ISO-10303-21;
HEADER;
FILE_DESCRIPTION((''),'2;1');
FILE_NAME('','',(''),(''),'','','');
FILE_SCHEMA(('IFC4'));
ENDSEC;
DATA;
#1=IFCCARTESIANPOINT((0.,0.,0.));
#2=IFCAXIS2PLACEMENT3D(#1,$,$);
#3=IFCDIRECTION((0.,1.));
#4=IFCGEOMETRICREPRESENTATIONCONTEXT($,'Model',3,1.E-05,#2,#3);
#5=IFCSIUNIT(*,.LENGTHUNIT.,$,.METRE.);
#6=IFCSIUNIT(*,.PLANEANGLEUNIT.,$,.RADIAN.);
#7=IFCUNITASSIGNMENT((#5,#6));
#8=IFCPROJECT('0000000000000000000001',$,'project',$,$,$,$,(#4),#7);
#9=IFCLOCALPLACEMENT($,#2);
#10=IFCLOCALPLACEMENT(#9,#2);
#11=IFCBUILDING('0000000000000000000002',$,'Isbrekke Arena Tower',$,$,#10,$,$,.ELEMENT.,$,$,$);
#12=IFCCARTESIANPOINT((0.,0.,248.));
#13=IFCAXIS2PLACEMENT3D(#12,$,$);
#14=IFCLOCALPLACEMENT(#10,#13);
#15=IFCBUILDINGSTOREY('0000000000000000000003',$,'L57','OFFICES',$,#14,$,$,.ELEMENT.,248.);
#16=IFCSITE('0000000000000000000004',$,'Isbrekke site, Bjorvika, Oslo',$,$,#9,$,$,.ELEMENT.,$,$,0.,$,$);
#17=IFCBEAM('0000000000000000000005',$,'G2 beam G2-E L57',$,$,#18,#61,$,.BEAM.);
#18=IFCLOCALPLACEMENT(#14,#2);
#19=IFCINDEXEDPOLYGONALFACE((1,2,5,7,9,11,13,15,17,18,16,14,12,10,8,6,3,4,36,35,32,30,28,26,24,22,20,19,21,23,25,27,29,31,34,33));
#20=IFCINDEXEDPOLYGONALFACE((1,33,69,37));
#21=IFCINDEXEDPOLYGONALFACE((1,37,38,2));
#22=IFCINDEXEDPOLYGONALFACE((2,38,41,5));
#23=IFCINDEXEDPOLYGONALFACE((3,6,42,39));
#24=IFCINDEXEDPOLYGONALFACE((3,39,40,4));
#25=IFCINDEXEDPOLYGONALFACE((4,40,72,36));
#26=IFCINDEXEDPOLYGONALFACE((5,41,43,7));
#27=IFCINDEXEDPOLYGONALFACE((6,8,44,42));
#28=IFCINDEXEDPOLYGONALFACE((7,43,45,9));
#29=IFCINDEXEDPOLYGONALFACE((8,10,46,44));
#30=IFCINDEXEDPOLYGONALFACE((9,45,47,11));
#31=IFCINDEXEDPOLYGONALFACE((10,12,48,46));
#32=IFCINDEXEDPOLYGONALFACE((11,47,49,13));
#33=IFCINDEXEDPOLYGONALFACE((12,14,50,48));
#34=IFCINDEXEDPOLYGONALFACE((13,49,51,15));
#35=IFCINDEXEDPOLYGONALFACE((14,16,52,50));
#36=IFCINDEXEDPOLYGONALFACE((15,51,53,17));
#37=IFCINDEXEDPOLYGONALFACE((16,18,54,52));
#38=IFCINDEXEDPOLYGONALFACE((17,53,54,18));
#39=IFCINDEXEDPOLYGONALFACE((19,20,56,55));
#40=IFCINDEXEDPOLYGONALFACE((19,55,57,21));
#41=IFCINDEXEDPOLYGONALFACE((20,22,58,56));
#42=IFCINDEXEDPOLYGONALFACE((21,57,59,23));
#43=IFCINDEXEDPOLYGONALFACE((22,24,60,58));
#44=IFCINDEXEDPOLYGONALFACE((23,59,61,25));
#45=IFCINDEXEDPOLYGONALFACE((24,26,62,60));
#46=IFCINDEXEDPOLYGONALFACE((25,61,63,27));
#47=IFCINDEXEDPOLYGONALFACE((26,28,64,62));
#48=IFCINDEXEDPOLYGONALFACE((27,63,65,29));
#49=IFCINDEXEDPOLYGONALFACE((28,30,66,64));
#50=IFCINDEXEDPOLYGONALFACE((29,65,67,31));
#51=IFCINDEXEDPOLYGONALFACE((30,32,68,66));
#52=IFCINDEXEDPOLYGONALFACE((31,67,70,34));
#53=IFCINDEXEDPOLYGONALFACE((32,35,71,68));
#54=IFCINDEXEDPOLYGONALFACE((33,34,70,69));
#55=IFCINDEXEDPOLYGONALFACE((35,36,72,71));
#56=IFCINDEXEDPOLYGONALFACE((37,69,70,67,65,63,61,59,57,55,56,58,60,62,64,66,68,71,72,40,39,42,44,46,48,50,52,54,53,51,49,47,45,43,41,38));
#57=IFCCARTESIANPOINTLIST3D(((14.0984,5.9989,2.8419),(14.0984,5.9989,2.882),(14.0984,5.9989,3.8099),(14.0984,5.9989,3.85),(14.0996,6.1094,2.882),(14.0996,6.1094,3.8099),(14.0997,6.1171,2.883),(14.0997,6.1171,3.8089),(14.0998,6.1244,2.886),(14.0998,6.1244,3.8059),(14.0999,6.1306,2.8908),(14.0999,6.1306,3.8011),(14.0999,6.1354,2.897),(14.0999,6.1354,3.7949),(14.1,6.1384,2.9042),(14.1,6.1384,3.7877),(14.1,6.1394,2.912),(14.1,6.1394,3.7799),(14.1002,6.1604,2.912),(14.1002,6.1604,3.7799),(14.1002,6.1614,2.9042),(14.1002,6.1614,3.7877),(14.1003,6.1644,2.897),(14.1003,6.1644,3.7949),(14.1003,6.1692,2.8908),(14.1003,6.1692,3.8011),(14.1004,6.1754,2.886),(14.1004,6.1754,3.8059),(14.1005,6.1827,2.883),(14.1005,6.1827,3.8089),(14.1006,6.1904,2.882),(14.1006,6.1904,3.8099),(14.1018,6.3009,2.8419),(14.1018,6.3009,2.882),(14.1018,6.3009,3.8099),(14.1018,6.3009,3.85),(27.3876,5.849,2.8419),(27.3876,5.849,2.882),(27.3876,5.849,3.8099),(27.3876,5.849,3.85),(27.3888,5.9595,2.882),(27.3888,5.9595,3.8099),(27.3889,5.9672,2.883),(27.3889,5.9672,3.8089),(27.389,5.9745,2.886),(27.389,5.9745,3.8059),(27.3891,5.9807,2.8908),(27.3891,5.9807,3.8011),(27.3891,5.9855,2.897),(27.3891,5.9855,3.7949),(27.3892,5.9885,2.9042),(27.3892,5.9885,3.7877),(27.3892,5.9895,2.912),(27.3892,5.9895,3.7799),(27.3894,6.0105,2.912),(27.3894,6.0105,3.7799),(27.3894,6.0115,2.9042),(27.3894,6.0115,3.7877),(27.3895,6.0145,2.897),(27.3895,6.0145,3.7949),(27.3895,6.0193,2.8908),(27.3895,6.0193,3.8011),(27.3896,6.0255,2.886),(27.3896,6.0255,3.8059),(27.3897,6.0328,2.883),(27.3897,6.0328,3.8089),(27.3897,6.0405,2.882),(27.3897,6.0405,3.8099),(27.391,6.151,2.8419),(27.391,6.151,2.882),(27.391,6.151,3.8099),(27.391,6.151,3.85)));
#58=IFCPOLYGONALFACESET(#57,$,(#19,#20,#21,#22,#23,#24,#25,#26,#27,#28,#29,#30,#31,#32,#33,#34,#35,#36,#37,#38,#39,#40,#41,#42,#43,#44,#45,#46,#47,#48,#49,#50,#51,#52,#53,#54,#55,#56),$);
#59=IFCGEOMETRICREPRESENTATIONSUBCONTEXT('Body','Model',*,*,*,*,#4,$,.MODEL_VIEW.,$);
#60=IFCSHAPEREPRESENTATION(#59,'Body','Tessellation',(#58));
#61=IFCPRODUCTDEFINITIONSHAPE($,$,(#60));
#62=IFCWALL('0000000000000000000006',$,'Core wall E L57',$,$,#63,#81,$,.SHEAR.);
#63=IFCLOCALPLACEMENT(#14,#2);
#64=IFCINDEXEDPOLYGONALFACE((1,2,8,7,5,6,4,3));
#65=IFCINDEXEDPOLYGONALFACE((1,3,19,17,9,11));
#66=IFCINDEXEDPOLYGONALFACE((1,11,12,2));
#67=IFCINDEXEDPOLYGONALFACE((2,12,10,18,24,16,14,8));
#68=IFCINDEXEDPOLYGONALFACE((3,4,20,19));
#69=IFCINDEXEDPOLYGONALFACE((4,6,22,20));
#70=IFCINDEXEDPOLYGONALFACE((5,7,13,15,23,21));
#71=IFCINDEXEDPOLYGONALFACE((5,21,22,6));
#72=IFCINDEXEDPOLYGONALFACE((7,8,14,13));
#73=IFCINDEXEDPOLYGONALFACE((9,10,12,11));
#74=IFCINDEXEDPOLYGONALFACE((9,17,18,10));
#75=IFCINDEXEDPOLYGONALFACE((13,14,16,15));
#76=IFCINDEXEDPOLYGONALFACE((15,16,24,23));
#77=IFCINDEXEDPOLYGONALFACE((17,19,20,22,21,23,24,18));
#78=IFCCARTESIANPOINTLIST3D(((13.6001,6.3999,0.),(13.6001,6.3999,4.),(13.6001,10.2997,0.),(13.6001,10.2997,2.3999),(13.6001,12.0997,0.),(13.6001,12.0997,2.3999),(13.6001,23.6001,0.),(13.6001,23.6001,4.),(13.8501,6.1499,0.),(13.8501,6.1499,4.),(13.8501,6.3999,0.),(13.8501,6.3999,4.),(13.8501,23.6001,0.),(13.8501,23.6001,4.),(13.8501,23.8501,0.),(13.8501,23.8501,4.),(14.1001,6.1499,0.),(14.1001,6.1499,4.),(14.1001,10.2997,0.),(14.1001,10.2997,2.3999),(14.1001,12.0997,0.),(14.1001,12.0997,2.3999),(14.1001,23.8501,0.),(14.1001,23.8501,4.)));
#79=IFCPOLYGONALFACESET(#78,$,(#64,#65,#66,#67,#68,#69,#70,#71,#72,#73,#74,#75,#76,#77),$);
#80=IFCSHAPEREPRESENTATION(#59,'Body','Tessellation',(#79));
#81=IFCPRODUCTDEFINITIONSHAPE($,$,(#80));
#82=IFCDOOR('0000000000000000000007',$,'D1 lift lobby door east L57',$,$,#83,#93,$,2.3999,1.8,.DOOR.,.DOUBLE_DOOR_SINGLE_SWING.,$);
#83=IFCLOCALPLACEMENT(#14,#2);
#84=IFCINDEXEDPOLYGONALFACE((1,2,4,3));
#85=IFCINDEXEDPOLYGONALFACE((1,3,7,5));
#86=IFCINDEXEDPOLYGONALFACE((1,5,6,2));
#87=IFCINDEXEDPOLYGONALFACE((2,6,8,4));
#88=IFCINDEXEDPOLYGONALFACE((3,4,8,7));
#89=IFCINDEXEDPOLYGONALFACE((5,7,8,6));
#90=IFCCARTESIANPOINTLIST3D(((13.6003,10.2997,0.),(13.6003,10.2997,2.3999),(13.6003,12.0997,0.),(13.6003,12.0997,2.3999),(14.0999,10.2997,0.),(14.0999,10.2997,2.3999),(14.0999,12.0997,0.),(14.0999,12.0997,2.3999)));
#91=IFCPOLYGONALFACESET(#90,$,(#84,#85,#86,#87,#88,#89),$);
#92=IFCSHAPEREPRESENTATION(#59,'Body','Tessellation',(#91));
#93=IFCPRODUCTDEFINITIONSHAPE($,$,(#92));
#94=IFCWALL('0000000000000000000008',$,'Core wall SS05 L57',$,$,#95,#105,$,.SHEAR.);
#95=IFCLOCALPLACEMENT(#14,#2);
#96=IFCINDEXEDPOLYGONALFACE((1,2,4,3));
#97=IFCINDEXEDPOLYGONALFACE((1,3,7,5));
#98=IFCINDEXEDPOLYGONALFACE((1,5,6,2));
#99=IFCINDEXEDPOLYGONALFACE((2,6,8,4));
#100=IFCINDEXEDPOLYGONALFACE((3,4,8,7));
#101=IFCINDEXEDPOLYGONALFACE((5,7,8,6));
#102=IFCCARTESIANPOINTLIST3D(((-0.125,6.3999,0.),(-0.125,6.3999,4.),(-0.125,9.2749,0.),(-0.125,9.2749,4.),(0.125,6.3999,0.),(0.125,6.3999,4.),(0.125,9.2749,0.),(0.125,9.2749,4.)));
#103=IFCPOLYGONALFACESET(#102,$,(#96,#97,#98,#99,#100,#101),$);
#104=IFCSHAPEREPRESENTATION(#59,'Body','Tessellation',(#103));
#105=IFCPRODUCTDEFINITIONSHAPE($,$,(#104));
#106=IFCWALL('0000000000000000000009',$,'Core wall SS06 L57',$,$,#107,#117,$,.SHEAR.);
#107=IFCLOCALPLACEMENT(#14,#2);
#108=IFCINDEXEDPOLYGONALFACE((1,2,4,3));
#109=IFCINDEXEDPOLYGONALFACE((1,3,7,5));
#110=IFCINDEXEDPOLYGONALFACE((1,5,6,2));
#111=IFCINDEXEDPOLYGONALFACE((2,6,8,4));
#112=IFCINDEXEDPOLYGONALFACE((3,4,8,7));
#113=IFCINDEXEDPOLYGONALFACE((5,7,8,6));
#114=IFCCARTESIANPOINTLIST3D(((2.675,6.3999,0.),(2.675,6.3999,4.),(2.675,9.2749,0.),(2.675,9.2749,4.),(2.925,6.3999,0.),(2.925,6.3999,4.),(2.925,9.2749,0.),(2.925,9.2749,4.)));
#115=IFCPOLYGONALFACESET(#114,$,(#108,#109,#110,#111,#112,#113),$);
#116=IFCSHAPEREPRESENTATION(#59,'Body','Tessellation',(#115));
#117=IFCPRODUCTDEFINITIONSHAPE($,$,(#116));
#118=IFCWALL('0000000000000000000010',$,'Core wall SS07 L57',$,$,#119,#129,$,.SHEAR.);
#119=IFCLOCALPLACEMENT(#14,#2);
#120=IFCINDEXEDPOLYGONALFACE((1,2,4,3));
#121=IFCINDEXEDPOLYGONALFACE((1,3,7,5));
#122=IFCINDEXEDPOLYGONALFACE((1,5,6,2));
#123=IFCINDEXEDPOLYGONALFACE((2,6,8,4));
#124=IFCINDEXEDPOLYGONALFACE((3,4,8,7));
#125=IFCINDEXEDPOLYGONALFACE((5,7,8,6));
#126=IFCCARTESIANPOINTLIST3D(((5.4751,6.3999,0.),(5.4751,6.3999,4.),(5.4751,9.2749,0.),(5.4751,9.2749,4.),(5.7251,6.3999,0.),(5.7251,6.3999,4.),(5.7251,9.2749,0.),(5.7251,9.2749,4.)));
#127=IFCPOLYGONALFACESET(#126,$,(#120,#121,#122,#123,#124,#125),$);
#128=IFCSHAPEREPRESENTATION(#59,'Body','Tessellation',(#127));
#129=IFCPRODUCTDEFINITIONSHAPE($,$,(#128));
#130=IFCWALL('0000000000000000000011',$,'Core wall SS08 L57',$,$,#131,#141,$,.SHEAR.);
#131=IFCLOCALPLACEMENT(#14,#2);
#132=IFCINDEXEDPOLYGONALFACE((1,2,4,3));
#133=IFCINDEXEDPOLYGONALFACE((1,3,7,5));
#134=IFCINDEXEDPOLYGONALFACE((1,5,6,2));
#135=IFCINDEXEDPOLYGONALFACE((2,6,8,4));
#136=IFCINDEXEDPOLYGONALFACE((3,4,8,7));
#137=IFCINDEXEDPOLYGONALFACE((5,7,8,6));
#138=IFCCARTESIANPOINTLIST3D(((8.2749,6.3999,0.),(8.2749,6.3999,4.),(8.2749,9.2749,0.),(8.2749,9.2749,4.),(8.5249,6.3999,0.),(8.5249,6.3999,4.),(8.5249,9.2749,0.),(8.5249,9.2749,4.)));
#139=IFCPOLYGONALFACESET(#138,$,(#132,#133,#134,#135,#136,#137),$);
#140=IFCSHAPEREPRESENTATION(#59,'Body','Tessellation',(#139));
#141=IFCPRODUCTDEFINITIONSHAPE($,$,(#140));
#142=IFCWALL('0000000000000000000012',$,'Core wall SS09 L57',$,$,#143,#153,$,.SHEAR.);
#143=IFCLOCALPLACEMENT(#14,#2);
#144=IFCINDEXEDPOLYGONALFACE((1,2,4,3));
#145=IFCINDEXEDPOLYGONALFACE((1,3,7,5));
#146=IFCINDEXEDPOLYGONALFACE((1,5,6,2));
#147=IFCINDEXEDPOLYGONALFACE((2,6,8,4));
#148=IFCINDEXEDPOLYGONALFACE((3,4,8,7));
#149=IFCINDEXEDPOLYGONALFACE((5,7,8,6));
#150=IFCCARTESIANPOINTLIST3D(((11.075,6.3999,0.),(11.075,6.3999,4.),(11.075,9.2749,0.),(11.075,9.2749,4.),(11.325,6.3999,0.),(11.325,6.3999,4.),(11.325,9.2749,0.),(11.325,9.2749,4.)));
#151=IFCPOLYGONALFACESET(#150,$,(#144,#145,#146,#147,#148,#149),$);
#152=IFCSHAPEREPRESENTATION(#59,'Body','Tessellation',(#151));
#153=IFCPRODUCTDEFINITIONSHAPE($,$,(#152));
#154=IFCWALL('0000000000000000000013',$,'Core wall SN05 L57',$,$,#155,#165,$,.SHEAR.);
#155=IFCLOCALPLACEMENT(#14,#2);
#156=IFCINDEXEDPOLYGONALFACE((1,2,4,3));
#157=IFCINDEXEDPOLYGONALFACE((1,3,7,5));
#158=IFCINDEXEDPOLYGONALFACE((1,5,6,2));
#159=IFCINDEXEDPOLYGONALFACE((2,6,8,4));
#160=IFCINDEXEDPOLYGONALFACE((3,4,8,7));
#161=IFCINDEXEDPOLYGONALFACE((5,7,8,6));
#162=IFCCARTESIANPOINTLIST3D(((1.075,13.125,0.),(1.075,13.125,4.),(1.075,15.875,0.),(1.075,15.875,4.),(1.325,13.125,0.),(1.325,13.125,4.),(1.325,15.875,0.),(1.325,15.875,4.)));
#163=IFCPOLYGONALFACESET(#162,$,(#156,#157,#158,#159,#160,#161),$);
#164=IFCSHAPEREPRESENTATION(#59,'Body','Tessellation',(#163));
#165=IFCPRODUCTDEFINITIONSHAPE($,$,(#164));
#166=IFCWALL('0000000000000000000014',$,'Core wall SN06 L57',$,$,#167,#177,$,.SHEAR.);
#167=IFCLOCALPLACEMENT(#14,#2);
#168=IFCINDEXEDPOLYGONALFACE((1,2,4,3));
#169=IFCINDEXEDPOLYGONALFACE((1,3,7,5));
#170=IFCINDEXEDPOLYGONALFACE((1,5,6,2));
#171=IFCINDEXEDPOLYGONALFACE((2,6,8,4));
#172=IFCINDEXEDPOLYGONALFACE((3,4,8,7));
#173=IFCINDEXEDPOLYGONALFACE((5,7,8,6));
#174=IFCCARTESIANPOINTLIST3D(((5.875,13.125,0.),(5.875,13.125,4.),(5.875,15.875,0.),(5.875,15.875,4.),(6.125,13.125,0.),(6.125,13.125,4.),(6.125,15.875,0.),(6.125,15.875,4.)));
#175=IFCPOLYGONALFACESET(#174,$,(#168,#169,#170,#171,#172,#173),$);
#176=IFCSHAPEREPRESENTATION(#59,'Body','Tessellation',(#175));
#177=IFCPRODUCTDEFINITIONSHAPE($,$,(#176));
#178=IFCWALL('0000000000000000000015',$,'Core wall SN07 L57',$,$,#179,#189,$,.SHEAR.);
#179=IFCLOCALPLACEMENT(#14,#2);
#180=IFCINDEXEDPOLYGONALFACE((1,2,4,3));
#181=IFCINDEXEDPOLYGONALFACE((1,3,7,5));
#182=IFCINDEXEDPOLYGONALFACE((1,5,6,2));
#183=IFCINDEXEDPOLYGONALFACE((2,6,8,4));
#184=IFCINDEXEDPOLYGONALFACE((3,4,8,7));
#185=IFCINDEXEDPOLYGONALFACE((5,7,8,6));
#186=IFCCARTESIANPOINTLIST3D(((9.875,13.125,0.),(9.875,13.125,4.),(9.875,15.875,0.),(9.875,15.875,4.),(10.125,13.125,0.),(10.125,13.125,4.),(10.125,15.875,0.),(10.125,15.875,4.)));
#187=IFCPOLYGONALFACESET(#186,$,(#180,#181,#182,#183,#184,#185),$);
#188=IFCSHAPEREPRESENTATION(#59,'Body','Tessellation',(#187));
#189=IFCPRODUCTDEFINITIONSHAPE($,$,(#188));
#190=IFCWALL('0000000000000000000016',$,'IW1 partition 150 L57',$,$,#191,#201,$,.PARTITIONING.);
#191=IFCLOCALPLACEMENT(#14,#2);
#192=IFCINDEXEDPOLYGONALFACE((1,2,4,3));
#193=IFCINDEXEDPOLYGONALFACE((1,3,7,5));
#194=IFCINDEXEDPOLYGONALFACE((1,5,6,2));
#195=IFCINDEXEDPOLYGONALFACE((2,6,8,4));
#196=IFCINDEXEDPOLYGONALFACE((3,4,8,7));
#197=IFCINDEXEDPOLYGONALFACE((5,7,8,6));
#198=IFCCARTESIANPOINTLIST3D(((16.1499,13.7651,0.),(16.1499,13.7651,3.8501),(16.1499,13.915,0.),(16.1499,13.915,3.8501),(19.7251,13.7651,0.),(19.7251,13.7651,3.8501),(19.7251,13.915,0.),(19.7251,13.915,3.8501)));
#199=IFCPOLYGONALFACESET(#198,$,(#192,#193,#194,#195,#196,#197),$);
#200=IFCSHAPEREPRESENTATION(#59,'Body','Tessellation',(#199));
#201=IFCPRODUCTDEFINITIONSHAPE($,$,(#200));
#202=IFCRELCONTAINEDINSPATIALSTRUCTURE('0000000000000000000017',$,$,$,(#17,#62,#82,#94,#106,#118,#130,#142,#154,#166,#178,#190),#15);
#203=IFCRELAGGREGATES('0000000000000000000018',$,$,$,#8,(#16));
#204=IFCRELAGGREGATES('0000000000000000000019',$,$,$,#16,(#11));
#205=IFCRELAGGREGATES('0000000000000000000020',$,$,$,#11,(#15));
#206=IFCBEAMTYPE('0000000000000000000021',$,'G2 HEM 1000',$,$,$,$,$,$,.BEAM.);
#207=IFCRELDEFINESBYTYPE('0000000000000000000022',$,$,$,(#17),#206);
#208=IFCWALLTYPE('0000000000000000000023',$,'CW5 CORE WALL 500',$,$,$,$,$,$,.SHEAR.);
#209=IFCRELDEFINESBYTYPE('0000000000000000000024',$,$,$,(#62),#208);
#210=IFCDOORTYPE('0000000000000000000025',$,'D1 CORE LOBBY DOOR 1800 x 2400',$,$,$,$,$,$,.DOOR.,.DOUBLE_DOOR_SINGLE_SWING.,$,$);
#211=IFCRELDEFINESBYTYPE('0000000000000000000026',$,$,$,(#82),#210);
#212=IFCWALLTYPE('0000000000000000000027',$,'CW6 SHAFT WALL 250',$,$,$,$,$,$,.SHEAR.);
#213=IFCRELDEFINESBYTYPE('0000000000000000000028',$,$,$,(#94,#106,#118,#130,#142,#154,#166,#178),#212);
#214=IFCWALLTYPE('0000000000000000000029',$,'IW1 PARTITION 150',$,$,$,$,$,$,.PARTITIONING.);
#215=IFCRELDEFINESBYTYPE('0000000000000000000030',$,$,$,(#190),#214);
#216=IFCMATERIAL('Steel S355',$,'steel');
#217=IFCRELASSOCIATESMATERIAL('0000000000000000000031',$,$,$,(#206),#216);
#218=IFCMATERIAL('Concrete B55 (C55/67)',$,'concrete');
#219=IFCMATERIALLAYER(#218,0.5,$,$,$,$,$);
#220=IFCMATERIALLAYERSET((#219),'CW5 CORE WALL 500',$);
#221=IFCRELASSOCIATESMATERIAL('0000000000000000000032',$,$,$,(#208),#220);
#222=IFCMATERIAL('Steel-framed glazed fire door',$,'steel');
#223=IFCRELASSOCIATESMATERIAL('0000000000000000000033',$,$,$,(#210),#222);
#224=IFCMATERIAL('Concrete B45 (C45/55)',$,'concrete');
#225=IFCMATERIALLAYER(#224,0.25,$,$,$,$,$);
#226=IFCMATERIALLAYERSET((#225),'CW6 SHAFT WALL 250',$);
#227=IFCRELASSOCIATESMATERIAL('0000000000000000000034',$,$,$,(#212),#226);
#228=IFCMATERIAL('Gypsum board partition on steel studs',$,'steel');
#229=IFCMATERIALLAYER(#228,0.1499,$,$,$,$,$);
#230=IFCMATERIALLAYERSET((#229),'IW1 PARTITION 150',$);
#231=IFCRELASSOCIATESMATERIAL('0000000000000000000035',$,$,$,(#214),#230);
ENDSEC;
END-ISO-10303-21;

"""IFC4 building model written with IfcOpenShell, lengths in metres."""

from ifc_helpers import new_model, si_unit, direction, frame, frame_2d, origin, origin_2d, place, context, subcontext, project, spatial, polyline, rectangle, i_section, outline, extrude, material, layer, layer_set, material_profile, profile_set, type_object, element, fill, save


model = new_model("IFC4")

# Units and contexts
model_context = context("Model", 3, precision=1e-05, world=origin(), true_north=direction((0.0, 1.0)))
body_context = subcontext(model_context, "Body", "Model", "MODEL_VIEW")
ifc_project = project(units=[si_unit("LENGTHUNIT", "METRE"), si_unit("PLANEANGLEUNIT", "RADIAN")], contexts=[model_context])

# Site, building, storey
site_placement = place(None, origin())
site = spatial("IfcSite", under=ifc_project, at=site_placement, Name="Isbrekke site, Bjorvika, Oslo", CompositionType="ELEMENT", RefElevation=0.0)
building_placement = place(site_placement, origin())
building = spatial("IfcBuilding", under=site, at=building_placement, Name="Isbrekke Arena Tower", CompositionType="ELEMENT")
storey_placement = place(building_placement, frame((0.0, 0.0, 248.0)))
storey = spatial("IfcBuildingStorey", under=building, at=storey_placement, Name="L57", Description="OFFICES", CompositionType="ELEMENT", Elevation=248.0)

# Beam
ifc_material_1 = material(Name="Steel S355", Category="steel")
ifc_material_profile = material_profile(ifc_material_1, i_section(OverallWidth=0.302, OverallDepth=1.0081, WebThickness=0.021, FlangeThickness=0.04, FilletRadius=0.03, at=origin_2d()), Name="HEM 1000")
ifc_profile_set = profile_set([ifc_material_profile], Name="Steel S355")
beam_type = type_object("IfcBeamType", Name="G2 HEM 1000", PredefinedType="BEAM", material=ifc_profile_set)
beam_placement = place(storey_placement, frame((14.1001, 6.1499, 3.3459), z_axis=(0.999936, -0.011279, 0.0), x_axis=(0.011279, 0.999936, 0.0)))
element("IfcBeam", 1, at=beam_placement, inside=storey, type_object=beam_type, Name="G2 beam G2-E L57", PredefinedType="BEAM", context=body_context, shape_type="SweptSolid", body=[
    extrude(i_section(OverallWidth=0.302, OverallDepth=1.0081, WebThickness=0.021, FlangeThickness=0.04, FilletRadius=0.03, at=origin_2d()), origin(), (0.0, 0.0, 1.0), 13.29),
])

# Wall, opening, door
ifc_material_2 = material(Name="Concrete B55 (C55/67)", Category="concrete")
ifc_layer_1 = layer(ifc_material_2, 0.5)
ifc_layer_set_1 = layer_set([ifc_layer_1], Name="CW5 CORE WALL 500")
wall_type_1 = type_object("IfcWallType", Name="CW5 CORE WALL 500", PredefinedType="SHEAR", material=ifc_layer_set_1)
wall_1_placement = place(storey_placement, frame((13.8501, 6.1499, 0.0), z_axis=(0.0, 0.0, 1.0), x_axis=(0.0, 1.0, 0.0)))
wall_1 = element("IfcWall", 2, at=wall_1_placement, inside=storey, type_object=wall_type_1, Name="Core wall E L57", PredefinedType="SHEAR", context=body_context, shape_type="SweptSolid", body=[
    extrude(outline(polyline([(0.0, -0.25), (17.7002, -0.25), (17.7002, 0.0), (17.4502, 0.0), (17.4502, 0.25), (0.25, 0.25), (0.25, 0.0), (0.0, 0.0), (0.0, -0.25)])), origin(), (0.0, 0.0, 1.0), 4.0),
])
opening_1_placement = place(wall_1_placement, frame((4.1499, 0.0, 0.0)))
opening_1 = element("IfcOpeningElement", 3, at=opening_1_placement, cuts=wall_1, PredefinedType="OPENING", context=body_context, shape_type="SweptSolid", body=[
    extrude(rectangle(XDim=1.8, YDim=2.3999, at=frame_2d((0.8999, 1.2))), frame((0.0, 0.2649, 0.0), z_axis=(0.0, -1.0, 0.0), x_axis=(1.0, 0.0, 0.0)), (0.0, 0.0, 1.0), 0.5298),
])
ifc_material_3 = material(Name="Steel-framed glazed fire door", Category="steel")
door_type_1 = type_object("IfcDoorType", Name="D1 CORE LOBBY DOOR 1800 x 2400", OperationType="DOUBLE_DOOR_SINGLE_SWING", PredefinedType="DOOR", material=ifc_material_3)
door_1_placement = place(opening_1_placement, origin())
door_1 = element("IfcDoor", 4, at=door_1_placement, inside=storey, type_object=door_type_1, Name="D1 lift lobby door east L57", OperationType="DOUBLE_DOOR_SINGLE_SWING", OverallHeight=2.3999, OverallWidth=1.8, PredefinedType="DOOR", context=body_context, shape_type="SweptSolid", body=[
    extrude(rectangle(XDim=1.8, YDim=2.3999, at=frame_2d((0.8999, 1.2))), frame((0.0, 0.2498, 0.0), z_axis=(0.0, -1.0, 0.0), x_axis=(1.0, 0.0, 0.0)), (0.0, 0.0, 1.0), 0.4995),
])
fill(opening_1, door_1)

# Walls
ifc_material_4 = material(Name="Concrete B45 (C45/55)", Category="concrete")
ifc_layer_2 = layer(ifc_material_4, 0.25)
ifc_layer_set_2 = layer_set([ifc_layer_2], Name="CW6 SHAFT WALL 250")
wall_type_2 = type_object("IfcWallType", Name="CW6 SHAFT WALL 250", PredefinedType="SHEAR", material=ifc_layer_set_2)
for number, where, z_axis, x_axis, name in (
    (5, (0.0, 6.3999, 0.0), (0.0, 0.0, 1.0), (0.0, 1.0, 0.0), "Core wall SS05 L57"),
    (6, (2.8, 6.3999, 0.0), (0.0, 0.0, 1.0), (0.0, 1.0, 0.0), "Core wall SS06 L57"),
    (7, (5.6001, 6.3999, 0.0), (0.0, 0.0, 1.0), (0.0, 1.0, 0.0), "Core wall SS07 L57"),
    (8, (8.3999, 6.3999, 0.0), (0.0, 0.0, 1.0), (0.0, 1.0, 0.0), "Core wall SS08 L57"),
    (9, (11.2, 6.3999, 0.0), (0.0, 0.0, 1.0), (0.0, 1.0, 0.0), "Core wall SS09 L57"),
):
    element("IfcWall", number, at=place(storey_placement, frame(where, z_axis=z_axis, x_axis=x_axis)), inside=storey, type_object=wall_type_2, Name=name, PredefinedType="SHEAR", context=body_context, shape_type="SweptSolid", body=[
        extrude(rectangle(XDim=2.875, YDim=0.25, at=frame_2d((1.4375, 0.0))), origin(), (0.0, 0.0, 1.0), 4.0),
    ])
for number, where, z_axis, x_axis, name in (
    (10, (1.2, 13.125, 0.0), (0.0, 0.0, 1.0), (0.0, 1.0, 0.0), "Core wall SN05 L57"),
    (11, (6.0, 13.125, 0.0), (0.0, 0.0, 1.0), (0.0, 1.0, 0.0), "Core wall SN06 L57"),
    (12, (10.0, 13.125, 0.0), (0.0, 0.0, 1.0), (0.0, 1.0, 0.0), "Core wall SN07 L57"),
):
    element("IfcWall", number, at=place(storey_placement, frame(where, z_axis=z_axis, x_axis=x_axis)), inside=storey, type_object=wall_type_2, Name=name, PredefinedType="SHEAR", context=body_context, shape_type="SweptSolid", body=[
        extrude(rectangle(XDim=2.75, YDim=0.25, at=frame_2d((1.375, 0.0))), origin(), (0.0, 0.0, 1.0), 4.0),
    ])
ifc_material_5 = material(Name="Gypsum board partition on steel studs", Category="steel")
ifc_layer_3 = layer(ifc_material_5, 0.1499)
ifc_layer_set_3 = layer_set([ifc_layer_3], Name="IW1 PARTITION 150")
wall_type_3 = type_object("IfcWallType", Name="IW1 PARTITION 150", PredefinedType="PARTITIONING", material=ifc_layer_set_3)
wall_2_placement = place(storey_placement, frame((16.1499, 13.8401, 0.0), z_axis=(0.0, 0.0, 1.0), x_axis=(1.0, 0.0, 0.0)))
element("IfcWall", 13, at=wall_2_placement, inside=storey, type_object=wall_type_3, Name="IW1 partition 150 L57", PredefinedType="PARTITIONING", context=body_context, shape_type="SweptSolid", body=[
    extrude(rectangle(XDim=3.5752, YDim=0.1499, at=frame_2d((1.7876, 0.0))), origin(), (0.0, 0.0, 1.0), 3.8501),
])

save(model, "model.ifc")
